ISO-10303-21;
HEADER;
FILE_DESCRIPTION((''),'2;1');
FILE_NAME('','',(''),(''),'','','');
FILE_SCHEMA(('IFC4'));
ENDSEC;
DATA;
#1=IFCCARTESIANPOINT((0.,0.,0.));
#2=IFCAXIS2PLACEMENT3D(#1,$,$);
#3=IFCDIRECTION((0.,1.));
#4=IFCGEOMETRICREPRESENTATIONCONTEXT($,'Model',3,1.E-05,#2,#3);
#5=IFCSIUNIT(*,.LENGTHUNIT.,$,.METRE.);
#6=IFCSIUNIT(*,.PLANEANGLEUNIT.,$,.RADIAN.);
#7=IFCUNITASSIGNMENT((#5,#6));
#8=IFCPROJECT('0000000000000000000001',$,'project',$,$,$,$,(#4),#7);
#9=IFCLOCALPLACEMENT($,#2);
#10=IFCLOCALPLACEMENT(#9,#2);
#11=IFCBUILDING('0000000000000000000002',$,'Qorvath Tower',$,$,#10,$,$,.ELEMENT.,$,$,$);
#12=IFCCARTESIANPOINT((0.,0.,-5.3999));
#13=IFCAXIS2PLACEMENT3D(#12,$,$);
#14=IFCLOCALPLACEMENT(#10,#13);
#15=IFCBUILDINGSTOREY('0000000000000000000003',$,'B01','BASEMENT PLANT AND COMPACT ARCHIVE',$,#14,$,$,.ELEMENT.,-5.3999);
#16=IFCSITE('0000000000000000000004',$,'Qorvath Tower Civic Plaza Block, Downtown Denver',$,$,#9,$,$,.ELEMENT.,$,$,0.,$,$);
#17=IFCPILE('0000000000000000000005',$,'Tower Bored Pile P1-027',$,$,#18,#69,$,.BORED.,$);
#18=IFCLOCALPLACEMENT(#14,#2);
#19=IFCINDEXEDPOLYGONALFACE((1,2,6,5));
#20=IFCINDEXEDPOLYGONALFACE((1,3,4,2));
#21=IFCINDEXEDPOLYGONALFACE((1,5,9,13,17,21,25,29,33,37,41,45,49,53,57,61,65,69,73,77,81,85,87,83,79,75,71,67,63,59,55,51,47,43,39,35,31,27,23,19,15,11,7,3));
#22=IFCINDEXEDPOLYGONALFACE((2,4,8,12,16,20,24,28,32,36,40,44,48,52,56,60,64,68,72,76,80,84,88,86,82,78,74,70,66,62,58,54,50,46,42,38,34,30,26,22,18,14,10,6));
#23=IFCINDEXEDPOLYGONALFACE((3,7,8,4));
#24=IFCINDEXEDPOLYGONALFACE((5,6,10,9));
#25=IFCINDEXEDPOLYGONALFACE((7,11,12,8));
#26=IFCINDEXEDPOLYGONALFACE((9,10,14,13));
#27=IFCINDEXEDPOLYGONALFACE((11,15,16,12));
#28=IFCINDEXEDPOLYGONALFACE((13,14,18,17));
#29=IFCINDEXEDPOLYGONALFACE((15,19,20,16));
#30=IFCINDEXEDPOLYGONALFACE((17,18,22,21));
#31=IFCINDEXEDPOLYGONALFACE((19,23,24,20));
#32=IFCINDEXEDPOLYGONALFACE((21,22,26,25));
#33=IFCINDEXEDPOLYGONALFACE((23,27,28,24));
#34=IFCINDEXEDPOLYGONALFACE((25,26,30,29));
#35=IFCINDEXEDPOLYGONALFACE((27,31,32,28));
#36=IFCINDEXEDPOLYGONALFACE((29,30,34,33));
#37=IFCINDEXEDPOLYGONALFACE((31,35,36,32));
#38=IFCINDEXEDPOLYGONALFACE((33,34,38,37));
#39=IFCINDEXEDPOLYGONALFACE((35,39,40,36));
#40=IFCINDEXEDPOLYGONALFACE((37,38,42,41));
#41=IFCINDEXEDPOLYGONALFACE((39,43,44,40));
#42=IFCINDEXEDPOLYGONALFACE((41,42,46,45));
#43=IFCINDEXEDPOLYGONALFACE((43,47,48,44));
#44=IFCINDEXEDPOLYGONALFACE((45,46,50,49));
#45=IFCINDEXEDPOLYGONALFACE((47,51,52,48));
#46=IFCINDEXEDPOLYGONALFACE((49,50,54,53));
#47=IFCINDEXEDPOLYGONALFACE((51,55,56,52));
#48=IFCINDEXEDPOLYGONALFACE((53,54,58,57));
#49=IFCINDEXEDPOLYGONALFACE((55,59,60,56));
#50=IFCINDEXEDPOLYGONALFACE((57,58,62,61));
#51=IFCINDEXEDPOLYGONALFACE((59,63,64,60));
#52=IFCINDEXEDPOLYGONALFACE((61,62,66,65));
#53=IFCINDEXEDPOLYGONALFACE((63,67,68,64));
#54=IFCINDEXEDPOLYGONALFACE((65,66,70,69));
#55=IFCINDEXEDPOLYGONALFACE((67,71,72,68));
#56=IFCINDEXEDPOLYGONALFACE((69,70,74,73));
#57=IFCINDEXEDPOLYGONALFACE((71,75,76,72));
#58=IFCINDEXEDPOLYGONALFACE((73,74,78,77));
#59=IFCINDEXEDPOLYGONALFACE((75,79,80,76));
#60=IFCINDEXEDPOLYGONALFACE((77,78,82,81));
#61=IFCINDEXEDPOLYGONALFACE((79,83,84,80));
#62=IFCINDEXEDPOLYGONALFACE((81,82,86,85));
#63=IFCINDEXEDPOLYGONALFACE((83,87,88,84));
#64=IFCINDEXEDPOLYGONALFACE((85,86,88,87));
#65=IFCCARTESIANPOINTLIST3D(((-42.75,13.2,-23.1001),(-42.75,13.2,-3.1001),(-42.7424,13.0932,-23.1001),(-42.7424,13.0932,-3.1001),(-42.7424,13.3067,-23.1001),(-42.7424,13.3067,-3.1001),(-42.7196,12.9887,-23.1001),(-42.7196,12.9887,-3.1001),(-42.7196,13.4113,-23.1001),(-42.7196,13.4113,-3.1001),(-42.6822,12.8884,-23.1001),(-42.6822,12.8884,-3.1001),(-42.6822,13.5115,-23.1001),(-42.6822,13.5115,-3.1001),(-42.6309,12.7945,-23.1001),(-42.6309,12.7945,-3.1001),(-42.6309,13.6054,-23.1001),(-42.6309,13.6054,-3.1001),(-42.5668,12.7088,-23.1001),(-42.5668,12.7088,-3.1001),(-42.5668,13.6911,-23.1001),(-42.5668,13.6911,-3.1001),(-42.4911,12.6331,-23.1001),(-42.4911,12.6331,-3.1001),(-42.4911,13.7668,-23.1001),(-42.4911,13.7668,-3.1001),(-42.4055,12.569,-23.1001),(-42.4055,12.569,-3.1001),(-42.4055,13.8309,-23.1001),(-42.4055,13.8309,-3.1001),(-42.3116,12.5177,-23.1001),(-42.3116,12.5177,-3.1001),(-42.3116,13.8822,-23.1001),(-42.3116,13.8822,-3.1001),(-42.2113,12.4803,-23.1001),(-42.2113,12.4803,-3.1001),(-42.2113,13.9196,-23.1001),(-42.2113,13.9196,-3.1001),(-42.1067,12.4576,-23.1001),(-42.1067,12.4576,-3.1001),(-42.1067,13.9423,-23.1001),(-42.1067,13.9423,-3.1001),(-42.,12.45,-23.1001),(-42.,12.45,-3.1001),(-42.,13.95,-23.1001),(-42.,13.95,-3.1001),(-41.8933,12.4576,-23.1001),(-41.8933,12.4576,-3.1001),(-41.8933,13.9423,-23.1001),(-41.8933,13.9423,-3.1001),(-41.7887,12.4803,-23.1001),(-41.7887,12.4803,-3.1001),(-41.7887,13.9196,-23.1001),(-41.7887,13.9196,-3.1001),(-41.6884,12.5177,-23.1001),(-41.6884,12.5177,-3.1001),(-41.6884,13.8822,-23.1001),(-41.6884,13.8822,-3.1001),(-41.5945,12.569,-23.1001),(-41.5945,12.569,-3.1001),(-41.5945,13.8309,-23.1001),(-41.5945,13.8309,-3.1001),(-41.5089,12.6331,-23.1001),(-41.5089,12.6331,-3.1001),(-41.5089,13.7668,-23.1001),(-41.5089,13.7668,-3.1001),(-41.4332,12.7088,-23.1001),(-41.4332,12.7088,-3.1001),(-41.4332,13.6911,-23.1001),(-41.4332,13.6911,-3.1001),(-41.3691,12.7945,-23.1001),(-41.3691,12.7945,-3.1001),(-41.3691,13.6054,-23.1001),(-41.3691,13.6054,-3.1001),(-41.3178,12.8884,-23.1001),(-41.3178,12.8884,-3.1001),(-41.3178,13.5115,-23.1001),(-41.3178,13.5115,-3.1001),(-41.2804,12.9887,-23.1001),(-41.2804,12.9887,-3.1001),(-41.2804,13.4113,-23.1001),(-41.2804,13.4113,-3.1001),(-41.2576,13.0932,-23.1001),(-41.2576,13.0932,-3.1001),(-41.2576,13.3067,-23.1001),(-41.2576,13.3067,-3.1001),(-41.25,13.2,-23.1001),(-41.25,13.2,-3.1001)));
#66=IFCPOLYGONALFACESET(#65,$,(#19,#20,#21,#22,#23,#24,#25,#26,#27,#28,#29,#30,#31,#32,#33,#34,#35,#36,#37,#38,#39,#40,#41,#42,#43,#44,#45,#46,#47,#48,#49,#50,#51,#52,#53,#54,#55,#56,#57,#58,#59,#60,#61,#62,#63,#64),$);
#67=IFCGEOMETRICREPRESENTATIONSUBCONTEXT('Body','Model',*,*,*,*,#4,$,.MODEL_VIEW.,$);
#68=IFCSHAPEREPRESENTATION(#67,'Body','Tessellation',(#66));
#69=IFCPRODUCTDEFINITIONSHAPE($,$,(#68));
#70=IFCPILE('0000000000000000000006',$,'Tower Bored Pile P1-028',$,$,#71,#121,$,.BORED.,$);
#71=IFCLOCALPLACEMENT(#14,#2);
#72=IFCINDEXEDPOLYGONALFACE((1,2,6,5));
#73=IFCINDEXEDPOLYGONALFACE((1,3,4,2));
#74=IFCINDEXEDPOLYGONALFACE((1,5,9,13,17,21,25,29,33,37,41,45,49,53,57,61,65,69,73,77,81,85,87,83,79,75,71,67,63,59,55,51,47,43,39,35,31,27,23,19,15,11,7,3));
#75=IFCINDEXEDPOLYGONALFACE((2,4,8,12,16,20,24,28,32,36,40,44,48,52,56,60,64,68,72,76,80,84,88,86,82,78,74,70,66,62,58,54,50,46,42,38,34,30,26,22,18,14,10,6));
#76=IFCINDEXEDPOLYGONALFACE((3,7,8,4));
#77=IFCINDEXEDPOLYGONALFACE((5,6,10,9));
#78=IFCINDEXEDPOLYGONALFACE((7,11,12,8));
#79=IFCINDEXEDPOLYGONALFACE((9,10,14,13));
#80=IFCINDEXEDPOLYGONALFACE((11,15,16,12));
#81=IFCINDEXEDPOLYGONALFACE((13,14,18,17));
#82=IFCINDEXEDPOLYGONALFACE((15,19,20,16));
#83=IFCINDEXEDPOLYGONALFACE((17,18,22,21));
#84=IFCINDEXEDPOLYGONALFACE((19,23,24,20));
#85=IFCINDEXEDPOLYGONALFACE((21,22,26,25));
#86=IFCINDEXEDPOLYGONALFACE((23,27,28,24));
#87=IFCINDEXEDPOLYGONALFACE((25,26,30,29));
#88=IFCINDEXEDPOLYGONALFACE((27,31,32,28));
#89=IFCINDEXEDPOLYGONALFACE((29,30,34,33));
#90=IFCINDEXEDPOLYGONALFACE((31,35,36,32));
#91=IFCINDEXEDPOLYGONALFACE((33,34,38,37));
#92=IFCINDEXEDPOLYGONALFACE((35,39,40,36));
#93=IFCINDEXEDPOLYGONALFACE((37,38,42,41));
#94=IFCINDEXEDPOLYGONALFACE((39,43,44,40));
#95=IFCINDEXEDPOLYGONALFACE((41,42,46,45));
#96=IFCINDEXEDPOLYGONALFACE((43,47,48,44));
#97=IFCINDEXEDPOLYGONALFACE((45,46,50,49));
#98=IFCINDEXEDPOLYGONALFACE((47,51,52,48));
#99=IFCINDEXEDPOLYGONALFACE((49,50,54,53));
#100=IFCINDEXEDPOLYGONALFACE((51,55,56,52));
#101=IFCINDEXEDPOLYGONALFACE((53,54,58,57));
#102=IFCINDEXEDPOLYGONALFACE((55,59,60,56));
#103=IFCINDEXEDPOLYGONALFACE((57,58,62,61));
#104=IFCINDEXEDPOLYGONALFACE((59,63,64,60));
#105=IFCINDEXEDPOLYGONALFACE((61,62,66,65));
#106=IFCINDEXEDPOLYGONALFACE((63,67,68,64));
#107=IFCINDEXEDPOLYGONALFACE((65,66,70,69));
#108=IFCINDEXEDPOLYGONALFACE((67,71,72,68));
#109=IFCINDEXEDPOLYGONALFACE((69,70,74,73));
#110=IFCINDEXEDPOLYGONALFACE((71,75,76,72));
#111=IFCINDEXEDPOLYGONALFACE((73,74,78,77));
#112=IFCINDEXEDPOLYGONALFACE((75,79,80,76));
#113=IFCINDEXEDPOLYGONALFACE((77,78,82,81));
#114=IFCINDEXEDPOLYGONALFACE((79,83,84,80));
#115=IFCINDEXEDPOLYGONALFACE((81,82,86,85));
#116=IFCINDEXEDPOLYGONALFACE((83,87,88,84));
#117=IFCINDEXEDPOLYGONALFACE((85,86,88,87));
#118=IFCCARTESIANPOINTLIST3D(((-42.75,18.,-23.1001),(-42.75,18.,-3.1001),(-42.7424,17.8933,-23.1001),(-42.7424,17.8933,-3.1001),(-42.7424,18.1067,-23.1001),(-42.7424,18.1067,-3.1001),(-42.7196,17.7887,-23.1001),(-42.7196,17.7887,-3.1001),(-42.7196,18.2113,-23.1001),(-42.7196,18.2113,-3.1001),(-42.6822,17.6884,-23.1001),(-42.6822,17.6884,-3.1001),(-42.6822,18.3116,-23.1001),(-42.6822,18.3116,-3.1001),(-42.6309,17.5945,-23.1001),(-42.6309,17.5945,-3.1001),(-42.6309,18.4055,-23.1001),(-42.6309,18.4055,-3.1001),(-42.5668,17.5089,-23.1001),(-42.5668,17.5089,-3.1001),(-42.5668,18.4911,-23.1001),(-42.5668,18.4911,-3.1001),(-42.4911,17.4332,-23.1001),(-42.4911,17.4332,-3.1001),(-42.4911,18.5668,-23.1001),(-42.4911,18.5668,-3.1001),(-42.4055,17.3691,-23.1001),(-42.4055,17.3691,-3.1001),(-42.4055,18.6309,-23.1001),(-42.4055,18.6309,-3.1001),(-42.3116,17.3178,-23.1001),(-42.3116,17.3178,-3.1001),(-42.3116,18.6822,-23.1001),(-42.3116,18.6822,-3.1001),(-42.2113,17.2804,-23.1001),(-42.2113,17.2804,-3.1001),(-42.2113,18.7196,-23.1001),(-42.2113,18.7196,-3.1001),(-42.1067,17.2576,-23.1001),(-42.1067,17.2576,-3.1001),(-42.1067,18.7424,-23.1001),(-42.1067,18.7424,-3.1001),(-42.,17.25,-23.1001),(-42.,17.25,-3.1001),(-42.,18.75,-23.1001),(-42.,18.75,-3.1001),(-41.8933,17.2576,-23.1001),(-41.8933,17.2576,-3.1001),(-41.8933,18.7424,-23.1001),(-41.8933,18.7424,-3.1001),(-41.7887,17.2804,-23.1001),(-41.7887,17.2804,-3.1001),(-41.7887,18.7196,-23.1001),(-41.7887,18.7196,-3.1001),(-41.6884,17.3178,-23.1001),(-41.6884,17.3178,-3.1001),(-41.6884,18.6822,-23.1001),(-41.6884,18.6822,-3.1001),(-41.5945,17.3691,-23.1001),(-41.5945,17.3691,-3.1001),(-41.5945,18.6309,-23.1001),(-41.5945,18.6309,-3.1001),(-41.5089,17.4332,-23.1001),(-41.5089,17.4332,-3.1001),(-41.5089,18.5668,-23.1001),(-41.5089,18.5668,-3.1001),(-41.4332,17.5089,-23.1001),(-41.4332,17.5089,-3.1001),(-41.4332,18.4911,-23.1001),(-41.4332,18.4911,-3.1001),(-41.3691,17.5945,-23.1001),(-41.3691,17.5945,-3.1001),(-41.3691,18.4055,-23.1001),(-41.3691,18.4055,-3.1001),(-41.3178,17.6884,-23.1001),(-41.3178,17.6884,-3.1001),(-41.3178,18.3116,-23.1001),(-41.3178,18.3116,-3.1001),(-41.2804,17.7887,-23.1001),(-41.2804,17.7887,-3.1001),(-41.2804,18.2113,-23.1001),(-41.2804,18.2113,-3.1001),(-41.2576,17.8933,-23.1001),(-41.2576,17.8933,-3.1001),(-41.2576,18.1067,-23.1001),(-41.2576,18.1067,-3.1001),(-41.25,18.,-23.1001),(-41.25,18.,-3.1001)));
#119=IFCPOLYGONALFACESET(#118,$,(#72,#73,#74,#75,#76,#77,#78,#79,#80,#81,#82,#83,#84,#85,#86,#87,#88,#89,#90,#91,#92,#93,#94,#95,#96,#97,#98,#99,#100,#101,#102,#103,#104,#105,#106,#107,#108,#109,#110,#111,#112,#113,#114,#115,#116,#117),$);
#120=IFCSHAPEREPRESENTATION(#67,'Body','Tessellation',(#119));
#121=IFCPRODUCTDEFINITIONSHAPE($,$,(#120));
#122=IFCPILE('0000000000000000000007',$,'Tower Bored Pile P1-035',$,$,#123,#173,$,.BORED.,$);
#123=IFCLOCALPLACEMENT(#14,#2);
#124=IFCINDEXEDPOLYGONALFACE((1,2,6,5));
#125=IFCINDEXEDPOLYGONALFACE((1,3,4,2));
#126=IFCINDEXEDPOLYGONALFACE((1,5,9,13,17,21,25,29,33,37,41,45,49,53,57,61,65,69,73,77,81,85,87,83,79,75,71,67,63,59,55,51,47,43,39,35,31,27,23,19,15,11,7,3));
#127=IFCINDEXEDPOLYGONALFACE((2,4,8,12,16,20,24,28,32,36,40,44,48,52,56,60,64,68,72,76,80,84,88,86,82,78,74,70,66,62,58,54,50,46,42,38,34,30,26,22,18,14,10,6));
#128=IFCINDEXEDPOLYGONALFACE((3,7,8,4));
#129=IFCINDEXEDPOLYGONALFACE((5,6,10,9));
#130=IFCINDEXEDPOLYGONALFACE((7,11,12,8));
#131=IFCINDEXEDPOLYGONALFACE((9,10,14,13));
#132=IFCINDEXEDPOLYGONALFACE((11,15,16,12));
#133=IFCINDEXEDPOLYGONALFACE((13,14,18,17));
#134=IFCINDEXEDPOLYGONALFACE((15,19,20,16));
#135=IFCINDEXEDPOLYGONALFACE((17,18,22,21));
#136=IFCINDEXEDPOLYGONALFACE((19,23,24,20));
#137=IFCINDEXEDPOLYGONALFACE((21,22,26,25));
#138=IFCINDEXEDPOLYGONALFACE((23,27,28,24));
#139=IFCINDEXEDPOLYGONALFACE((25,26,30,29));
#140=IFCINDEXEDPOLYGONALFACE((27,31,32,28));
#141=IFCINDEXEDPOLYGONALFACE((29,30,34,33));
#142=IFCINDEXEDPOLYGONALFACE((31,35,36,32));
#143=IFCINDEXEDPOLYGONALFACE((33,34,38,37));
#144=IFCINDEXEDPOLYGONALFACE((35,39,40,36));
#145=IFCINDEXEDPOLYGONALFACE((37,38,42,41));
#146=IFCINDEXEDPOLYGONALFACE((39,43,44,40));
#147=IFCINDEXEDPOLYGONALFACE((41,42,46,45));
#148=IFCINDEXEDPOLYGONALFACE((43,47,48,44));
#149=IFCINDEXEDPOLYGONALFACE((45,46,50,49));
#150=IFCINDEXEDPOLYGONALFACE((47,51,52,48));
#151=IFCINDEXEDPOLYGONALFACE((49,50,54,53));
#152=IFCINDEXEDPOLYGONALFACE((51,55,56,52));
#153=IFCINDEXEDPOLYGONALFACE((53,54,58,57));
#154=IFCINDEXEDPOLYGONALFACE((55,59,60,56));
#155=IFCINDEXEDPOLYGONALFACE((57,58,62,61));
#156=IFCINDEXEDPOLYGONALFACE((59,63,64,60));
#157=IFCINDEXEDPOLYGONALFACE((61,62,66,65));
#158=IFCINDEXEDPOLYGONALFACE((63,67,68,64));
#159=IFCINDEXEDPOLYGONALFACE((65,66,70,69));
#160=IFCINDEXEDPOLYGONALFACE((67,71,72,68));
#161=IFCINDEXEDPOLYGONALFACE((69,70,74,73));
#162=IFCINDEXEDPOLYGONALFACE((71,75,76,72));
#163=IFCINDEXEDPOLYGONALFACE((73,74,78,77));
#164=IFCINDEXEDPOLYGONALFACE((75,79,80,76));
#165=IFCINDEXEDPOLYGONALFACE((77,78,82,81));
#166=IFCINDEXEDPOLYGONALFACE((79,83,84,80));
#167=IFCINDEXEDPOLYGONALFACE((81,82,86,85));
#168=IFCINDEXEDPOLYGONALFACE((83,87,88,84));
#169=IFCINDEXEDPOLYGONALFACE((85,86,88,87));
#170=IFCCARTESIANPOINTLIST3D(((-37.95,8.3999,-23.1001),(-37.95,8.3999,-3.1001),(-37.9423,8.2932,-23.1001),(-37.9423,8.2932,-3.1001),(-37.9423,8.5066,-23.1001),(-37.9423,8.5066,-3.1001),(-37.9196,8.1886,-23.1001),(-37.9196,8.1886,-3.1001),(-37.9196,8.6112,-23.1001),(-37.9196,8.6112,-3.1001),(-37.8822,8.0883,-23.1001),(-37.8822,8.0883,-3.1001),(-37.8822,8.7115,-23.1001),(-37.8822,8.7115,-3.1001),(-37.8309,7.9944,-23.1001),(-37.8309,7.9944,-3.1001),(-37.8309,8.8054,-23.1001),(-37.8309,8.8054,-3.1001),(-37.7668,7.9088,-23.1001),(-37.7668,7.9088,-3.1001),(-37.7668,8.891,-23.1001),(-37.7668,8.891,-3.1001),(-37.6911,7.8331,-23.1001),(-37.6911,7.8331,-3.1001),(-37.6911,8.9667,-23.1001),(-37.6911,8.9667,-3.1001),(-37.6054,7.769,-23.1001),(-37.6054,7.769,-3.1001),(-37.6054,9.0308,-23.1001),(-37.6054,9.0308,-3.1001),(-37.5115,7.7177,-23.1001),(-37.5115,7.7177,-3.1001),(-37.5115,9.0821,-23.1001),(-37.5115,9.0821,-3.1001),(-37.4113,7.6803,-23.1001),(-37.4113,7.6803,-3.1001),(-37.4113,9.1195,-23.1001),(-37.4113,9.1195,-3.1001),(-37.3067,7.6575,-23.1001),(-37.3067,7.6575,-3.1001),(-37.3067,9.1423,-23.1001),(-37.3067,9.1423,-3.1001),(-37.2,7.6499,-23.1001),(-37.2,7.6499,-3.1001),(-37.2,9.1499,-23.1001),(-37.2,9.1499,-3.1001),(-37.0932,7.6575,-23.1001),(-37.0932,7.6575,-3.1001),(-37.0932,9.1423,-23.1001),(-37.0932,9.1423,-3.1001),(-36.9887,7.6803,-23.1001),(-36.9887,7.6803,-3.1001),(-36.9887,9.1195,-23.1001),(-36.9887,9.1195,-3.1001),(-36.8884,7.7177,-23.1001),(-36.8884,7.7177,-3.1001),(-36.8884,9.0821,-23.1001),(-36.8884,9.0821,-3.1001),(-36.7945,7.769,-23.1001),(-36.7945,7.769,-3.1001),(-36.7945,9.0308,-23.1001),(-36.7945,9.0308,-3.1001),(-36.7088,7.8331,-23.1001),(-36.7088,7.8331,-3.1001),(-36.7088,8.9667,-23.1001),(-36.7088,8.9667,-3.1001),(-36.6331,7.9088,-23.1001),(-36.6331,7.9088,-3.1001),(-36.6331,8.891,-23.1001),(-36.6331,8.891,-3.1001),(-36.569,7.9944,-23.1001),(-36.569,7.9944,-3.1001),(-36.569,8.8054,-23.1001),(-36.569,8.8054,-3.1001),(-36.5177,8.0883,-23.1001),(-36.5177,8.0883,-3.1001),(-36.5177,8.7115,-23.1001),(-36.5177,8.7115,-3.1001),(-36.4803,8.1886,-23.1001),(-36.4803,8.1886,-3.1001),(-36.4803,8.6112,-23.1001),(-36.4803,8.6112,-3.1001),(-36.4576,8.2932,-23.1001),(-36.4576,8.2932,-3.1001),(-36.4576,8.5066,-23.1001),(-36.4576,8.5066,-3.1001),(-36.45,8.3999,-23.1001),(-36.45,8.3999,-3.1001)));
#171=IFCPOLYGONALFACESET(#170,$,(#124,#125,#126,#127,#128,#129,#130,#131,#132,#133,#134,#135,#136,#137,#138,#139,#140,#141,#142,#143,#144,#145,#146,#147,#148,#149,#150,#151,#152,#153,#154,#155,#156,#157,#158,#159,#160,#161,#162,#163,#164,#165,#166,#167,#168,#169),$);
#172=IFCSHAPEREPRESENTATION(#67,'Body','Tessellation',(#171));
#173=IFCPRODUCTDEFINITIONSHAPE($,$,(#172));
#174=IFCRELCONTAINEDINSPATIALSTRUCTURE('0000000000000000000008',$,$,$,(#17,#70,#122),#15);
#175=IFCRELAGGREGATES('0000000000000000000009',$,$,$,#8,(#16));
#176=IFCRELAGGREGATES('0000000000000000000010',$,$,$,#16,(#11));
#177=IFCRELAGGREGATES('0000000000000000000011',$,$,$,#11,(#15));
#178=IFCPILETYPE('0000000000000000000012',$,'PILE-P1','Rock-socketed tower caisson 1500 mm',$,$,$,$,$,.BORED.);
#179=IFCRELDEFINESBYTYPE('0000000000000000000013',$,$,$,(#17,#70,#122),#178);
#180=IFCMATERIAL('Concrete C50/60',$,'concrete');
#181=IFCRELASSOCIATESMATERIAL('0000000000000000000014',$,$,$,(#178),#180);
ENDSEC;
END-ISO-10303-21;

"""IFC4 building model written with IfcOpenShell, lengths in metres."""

from ifc_helpers import new_model, si_unit, direction, frame, origin, origin_2d, place, context, subcontext, project, spatial, circle, extrude, material, material_profile, profile_set, type_object, element, save


model = new_model("IFC4")

# Units and contexts
model_context = context("Model", 3, precision=1e-05, world=origin(), true_north=direction((0.0, 1.0)))
body_context = subcontext(model_context, "Body", "Model", "MODEL_VIEW")
ifc_project = project(units=[si_unit("LENGTHUNIT", "METRE"), si_unit("PLANEANGLEUNIT", "RADIAN")], contexts=[model_context])

# Site, building, storey
site_placement = place(None, origin())
site = spatial("IfcSite", under=ifc_project, at=site_placement, Name="Qorvath Tower Civic Plaza Block, Downtown Denver", CompositionType="ELEMENT", RefElevation=0.0)
building_placement = place(site_placement, origin())
building = spatial("IfcBuilding", under=site, at=building_placement, Name="Qorvath Tower", CompositionType="ELEMENT")
storey_placement = place(building_placement, frame((0.0, 0.0, -5.3999)))
storey = spatial("IfcBuildingStorey", under=building, at=storey_placement, Name="B01", Description="BASEMENT PLANT AND COMPACT ARCHIVE", CompositionType="ELEMENT", Elevation=-5.3999)

# Piles
ifc_material_1 = material(Name="Concrete C50/60", Category="concrete")
ifc_material_profile_1 = material_profile(ifc_material_1, circle(Radius=0.75, at=origin_2d()), Name="BORED PILE 1500")
ifc_profile_set_1 = profile_set([ifc_material_profile_1], Name="Concrete C50/60")
pile_type = type_object("IfcPileType", Name="PILE-P1", Description="Rock-socketed tower caisson 1500 mm", PredefinedType="BORED", material=ifc_profile_set_1)
for number, where, z_axis, x_axis, name in (
    (1, (-42.0, 13.2, -3.1001), (0.0, 0.0, -1.0), (1.0, 0.0, 0.0), "Tower Bored Pile P1-027"),
    (2, (-42.0, 18.0, -3.1001), (0.0, 0.0, -1.0), (1.0, 0.0, 0.0), "Tower Bored Pile P1-028"),
    (3, (-37.2, 8.3999, -3.1001), (0.0, 0.0, -1.0), (1.0, 0.0, 0.0), "Tower Bored Pile P1-035"),
):
    element("IfcPile", number, at=place(storey_placement, frame(where, z_axis=z_axis, x_axis=x_axis)), inside=storey, type_object=pile_type, Name=name, PredefinedType="BORED", context=body_context, shape_type="SweptSolid", body=[
        extrude(circle(Radius=0.75, at=origin_2d()), origin(), (0.0, 0.0, 1.0), 20.0),
    ])

save(model, "model.ifc")
